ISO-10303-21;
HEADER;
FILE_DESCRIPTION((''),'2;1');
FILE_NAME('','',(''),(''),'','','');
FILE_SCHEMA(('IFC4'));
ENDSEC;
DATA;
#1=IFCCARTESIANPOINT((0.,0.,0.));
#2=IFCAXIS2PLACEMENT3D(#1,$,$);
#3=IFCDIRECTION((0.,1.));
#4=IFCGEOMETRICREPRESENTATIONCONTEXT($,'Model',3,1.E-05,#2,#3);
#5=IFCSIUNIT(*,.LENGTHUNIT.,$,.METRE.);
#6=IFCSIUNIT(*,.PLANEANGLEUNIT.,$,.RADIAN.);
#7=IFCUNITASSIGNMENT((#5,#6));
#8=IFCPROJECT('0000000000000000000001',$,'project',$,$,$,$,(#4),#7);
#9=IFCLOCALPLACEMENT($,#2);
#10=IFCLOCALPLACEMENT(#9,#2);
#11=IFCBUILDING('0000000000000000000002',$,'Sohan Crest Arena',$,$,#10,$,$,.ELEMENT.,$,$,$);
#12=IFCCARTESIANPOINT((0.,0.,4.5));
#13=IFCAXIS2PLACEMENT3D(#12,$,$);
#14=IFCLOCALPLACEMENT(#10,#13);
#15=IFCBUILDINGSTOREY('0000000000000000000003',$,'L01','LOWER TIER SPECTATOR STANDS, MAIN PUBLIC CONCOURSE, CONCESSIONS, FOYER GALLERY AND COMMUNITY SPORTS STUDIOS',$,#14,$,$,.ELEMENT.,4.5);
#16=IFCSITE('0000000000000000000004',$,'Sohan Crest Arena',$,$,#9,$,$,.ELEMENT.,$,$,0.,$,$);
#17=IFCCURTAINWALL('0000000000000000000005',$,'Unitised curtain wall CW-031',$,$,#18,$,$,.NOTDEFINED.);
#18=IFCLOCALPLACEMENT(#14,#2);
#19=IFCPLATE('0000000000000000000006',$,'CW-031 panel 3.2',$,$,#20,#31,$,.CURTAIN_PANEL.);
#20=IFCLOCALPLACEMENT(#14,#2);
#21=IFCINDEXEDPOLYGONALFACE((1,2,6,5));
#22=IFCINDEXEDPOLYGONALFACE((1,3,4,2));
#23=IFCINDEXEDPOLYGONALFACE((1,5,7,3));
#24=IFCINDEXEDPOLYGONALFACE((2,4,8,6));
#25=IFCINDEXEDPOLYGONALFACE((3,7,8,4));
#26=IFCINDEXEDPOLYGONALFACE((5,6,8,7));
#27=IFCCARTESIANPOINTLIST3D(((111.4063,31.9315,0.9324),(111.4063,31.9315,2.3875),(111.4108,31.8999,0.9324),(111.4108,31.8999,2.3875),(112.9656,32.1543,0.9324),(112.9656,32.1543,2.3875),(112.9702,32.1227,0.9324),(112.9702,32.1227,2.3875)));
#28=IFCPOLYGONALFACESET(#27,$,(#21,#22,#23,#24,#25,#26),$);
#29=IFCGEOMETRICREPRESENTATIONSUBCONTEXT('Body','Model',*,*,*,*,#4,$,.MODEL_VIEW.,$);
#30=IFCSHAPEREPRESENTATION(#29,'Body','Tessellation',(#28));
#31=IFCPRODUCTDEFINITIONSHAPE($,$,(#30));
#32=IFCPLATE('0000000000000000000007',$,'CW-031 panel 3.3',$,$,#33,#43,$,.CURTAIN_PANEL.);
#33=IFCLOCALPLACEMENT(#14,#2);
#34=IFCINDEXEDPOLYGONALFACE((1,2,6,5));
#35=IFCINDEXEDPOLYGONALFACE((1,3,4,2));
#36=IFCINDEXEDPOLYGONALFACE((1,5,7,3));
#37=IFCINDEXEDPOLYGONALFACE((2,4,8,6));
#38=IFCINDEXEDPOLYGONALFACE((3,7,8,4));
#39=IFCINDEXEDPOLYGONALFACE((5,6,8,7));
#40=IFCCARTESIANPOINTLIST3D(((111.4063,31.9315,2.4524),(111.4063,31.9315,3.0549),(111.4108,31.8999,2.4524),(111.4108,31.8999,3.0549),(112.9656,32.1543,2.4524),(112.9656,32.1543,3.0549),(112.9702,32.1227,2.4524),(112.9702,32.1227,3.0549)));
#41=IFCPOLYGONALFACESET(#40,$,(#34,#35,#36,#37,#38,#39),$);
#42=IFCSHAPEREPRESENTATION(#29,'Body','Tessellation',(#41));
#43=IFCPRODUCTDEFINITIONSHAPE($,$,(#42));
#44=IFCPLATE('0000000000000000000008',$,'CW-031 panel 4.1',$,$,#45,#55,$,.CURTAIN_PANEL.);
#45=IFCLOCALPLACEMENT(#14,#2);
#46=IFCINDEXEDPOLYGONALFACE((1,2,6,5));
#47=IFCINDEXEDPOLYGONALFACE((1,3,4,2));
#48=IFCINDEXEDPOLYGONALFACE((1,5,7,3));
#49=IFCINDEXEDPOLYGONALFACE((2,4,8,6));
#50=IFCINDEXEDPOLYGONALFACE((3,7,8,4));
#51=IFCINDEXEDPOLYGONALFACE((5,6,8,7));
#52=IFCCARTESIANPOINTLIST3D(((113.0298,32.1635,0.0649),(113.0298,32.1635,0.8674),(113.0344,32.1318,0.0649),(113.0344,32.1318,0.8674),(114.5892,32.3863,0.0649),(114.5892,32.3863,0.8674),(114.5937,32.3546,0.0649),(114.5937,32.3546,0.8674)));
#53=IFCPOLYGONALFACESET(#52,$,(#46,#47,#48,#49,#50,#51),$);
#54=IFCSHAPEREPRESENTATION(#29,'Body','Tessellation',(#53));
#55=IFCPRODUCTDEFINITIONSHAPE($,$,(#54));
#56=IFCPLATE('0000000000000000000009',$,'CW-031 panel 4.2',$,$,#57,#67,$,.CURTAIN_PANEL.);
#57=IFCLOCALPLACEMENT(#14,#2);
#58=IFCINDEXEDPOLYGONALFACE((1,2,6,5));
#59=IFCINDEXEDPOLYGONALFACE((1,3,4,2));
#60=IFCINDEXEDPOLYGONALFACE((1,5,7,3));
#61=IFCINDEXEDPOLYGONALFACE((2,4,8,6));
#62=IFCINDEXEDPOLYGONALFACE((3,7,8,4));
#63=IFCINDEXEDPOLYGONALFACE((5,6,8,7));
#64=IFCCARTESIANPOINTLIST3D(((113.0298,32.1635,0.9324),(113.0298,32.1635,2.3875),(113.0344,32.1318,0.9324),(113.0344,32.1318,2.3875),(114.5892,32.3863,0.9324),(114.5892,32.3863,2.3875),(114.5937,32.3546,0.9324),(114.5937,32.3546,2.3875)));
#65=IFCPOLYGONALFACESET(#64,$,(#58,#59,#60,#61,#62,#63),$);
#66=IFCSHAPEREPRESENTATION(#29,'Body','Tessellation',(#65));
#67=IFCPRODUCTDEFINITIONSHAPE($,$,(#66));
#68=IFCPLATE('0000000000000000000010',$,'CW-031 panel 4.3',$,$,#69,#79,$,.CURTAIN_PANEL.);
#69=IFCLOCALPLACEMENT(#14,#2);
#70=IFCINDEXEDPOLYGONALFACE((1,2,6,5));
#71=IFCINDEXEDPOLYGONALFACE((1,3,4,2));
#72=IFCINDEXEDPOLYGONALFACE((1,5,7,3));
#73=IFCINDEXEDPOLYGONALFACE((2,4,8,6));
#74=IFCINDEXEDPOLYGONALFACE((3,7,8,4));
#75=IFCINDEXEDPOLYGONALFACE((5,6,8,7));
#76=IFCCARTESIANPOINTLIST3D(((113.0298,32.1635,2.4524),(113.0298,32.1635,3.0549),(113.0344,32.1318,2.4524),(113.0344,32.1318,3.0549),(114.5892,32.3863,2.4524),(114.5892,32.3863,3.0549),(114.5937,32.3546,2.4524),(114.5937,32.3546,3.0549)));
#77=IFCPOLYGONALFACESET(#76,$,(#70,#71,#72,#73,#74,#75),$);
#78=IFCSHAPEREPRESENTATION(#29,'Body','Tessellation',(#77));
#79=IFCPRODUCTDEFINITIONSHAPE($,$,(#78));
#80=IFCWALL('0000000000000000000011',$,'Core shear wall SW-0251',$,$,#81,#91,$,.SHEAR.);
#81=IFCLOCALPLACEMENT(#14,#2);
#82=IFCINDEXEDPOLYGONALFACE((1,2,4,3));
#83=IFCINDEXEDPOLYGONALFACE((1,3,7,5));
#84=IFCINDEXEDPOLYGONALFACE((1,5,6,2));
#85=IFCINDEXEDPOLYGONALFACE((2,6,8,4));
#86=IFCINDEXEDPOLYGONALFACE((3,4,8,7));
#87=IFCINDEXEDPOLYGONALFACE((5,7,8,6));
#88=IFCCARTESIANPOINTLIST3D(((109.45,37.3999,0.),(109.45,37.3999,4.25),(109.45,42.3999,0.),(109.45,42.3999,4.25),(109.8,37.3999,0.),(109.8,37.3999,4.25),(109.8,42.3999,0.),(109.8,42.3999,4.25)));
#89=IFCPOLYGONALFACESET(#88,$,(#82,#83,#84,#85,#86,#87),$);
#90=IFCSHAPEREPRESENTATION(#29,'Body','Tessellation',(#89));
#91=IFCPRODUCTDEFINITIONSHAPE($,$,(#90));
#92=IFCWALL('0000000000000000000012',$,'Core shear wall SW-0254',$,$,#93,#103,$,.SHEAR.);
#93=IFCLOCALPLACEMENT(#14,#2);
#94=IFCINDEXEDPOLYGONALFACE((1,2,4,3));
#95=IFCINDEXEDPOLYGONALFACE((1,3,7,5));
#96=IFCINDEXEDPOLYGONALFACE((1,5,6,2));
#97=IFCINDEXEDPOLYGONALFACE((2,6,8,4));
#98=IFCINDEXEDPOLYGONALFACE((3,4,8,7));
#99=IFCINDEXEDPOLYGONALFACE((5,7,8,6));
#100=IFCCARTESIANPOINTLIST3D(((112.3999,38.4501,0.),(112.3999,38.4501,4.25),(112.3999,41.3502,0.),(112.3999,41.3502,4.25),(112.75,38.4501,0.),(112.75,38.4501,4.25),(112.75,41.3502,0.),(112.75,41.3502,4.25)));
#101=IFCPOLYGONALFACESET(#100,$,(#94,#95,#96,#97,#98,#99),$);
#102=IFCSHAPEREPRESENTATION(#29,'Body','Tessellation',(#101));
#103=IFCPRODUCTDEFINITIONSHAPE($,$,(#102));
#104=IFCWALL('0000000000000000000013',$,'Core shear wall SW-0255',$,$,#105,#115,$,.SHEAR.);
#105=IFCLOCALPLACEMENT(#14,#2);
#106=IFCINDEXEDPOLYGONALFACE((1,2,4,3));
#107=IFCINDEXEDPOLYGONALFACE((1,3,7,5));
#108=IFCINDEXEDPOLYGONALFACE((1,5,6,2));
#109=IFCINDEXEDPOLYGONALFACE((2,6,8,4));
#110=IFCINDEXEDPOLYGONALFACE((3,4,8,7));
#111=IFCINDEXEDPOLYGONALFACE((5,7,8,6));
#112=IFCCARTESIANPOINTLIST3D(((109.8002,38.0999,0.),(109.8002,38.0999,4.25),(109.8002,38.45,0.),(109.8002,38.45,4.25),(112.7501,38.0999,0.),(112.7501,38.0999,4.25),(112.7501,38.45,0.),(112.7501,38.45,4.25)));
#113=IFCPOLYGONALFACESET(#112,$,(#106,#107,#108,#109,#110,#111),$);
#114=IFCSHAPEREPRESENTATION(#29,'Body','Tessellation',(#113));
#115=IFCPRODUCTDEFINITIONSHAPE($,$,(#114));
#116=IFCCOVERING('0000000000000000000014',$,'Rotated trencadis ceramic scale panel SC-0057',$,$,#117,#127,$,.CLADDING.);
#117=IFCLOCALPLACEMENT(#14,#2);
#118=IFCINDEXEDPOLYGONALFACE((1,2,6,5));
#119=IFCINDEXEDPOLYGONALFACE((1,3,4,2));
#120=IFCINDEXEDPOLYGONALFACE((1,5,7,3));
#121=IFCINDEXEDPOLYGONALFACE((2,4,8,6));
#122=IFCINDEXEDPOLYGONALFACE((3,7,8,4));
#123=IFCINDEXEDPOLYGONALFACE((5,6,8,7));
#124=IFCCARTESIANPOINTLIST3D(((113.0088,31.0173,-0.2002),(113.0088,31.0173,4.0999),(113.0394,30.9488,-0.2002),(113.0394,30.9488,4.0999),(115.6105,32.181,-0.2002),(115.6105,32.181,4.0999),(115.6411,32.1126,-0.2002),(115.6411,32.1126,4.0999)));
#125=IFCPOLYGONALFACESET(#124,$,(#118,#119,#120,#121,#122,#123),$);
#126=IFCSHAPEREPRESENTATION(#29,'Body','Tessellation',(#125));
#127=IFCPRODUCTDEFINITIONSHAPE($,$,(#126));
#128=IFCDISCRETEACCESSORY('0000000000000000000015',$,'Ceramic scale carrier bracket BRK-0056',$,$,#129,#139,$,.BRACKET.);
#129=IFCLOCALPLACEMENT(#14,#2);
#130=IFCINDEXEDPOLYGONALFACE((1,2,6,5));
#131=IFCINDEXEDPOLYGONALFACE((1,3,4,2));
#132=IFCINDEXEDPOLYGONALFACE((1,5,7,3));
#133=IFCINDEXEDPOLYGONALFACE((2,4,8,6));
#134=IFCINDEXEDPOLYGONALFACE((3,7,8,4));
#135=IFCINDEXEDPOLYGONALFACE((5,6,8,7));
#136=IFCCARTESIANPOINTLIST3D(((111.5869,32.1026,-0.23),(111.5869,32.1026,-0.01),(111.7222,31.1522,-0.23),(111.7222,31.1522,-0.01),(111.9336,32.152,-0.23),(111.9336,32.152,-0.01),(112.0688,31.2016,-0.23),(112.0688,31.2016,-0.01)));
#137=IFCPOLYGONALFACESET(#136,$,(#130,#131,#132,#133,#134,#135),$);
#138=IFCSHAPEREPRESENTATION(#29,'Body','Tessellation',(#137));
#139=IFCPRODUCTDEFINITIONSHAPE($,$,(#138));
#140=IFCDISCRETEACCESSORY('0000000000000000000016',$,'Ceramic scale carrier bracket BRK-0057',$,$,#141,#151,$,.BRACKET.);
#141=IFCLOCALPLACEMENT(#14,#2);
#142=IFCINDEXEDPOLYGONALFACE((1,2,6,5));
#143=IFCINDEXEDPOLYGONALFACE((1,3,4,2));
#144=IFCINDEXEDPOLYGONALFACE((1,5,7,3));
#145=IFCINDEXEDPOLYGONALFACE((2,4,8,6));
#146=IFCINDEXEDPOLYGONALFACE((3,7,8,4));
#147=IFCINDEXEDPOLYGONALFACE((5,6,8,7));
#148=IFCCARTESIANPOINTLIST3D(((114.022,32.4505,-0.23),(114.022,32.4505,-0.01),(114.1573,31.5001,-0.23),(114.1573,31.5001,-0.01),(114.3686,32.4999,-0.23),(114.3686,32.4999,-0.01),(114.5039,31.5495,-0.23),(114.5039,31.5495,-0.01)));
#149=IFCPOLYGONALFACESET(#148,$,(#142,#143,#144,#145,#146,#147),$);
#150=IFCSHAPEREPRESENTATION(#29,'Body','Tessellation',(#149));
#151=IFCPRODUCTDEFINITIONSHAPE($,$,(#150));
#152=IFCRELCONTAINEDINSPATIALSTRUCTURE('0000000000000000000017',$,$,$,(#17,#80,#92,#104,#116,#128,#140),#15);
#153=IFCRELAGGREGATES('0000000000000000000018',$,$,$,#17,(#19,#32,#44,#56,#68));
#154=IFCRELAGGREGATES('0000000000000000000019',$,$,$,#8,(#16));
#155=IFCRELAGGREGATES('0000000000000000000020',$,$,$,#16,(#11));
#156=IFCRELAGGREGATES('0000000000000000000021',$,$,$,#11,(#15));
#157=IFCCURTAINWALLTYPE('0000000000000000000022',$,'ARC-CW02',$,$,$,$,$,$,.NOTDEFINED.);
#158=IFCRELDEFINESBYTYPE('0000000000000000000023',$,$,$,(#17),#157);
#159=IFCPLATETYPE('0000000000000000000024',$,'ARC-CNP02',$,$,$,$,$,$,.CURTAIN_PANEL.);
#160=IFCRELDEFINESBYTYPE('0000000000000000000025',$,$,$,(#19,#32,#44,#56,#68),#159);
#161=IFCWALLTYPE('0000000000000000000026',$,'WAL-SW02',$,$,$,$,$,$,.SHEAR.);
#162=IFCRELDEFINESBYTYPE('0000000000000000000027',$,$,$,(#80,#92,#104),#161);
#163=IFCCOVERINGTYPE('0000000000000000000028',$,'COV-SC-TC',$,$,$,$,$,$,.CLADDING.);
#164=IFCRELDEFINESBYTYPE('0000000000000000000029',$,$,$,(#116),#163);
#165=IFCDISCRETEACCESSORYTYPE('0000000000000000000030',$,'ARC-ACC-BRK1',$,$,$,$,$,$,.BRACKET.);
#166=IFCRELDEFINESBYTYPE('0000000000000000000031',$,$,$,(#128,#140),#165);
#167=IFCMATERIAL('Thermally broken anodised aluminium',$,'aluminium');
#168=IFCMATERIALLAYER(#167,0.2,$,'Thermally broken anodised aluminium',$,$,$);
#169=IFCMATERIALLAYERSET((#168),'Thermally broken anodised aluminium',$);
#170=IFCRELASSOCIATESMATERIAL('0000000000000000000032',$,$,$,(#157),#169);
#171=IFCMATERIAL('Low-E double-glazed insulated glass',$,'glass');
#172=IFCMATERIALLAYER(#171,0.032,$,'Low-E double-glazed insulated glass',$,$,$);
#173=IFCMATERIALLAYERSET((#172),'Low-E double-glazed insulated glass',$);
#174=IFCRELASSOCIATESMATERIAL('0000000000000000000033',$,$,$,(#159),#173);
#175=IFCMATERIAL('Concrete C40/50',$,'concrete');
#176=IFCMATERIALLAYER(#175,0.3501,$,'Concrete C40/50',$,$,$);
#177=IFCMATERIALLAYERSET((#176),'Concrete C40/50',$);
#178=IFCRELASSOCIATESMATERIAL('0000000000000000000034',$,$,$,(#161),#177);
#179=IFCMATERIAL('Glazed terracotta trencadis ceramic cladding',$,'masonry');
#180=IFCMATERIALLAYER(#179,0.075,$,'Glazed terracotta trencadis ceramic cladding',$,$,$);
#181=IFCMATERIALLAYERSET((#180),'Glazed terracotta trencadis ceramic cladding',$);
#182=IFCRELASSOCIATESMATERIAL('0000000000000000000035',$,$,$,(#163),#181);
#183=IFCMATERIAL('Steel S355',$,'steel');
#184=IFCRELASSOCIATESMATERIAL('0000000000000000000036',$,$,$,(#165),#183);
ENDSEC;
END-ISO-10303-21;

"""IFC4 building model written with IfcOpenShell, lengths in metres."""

from ifc_helpers import new_model, si_unit, direction, frame, frame_2d, origin, origin_2d, place, context, subcontext, project, spatial, rectangle, extrude, material, layer, layer_set, type_object, element, aggregate, save


model = new_model("IFC4")

# Units and contexts
model_context = context("Model", 3, precision=1e-05, world=origin(), true_north=direction((0.0, 1.0)))
body_context = subcontext(model_context, "Body", "Model", "MODEL_VIEW")
ifc_project = project(units=[si_unit("LENGTHUNIT", "METRE"), si_unit("PLANEANGLEUNIT", "RADIAN")], contexts=[model_context])

# Site, building, storey
site_placement = place(None, origin())
site = spatial("IfcSite", under=ifc_project, at=site_placement, Name="Sohan Crest Arena", CompositionType="ELEMENT", RefElevation=0.0)
building_placement = place(site_placement, origin())
building = spatial("IfcBuilding", under=site, at=building_placement, Name="Sohan Crest Arena", CompositionType="ELEMENT")
storey_placement = place(building_placement, frame((0.0, 0.0, 4.5)))
storey = spatial("IfcBuildingStorey", under=building, at=storey_placement, Name="L01", Description="LOWER TIER SPECTATOR STANDS, MAIN PUBLIC CONCOURSE, CONCESSIONS, FOYER GALLERY AND COMMUNITY SPORTS STUDIOS", CompositionType="ELEMENT", Elevation=4.5)

# Curtain wall, plates
ifc_material_1 = material(Name="Thermally broken anodised aluminium", Category="aluminium")
ifc_layer_1 = layer(ifc_material_1, 0.2, Name="Thermally broken anodised aluminium")
ifc_layer_set_1 = layer_set([ifc_layer_1], Name="Thermally broken anodised aluminium")
curtain_wall_type = type_object("IfcCurtainWallType", Name="ARC-CW02", PredefinedType="NOTDEFINED", material=ifc_layer_set_1)
curtain_wall_placement = place(storey_placement, origin())
curtain_wall = element("IfcCurtainWall", 1, at=curtain_wall_placement, inside=storey, type_object=curtain_wall_type, Name="Unitised curtain wall CW-031", PredefinedType="NOTDEFINED")
ifc_material_2 = material(Name="Low-E double-glazed insulated glass", Category="glass")
ifc_layer_2 = layer(ifc_material_2, 0.032, Name="Low-E double-glazed insulated glass")
ifc_layer_set_2 = layer_set([ifc_layer_2], Name="Low-E double-glazed insulated glass")
plate_type = type_object("IfcPlateType", Name="ARC-CNP02", PredefinedType="CURTAIN_PANEL", material=ifc_layer_set_2)
plate_1_placement = place(storey_placement, frame((112.1882, 32.0271, 0.9324), z_axis=(0.0, 0.0, 1.0), x_axis=(0.989945, 0.14145, 0.0)))
plate_1 = element("IfcPlate", 2, at=plate_1_placement, type_object=plate_type, Name="CW-031 panel 3.2", PredefinedType="CURTAIN_PANEL", context=body_context, shape_type="SweptSolid", body=[
    extrude(rectangle(XDim=1.5752, YDim=0.032, at=origin_2d()), origin(), (0.0, 0.0, 1.0), 1.4551),
])
plate_2_placement = place(storey_placement, frame((112.1882, 32.0271, 2.4524), z_axis=(0.0, 0.0, 1.0), x_axis=(0.989945, 0.14145, 0.0)))
plate_2 = element("IfcPlate", 3, at=plate_2_placement, type_object=plate_type, Name="CW-031 panel 3.3", PredefinedType="CURTAIN_PANEL", context=body_context, shape_type="SweptSolid", body=[
    extrude(rectangle(XDim=1.5752, YDim=0.032, at=origin_2d()), origin(), (0.0, 0.0, 1.0), 0.6025),
])
plate_3_placement = place(storey_placement, frame((113.8118, 32.259, 0.0649), z_axis=(0.0, 0.0, 1.0), x_axis=(0.989945, 0.14145, 0.0)))
plate_3 = element("IfcPlate", 4, at=plate_3_placement, type_object=plate_type, Name="CW-031 panel 4.1", PredefinedType="CURTAIN_PANEL", context=body_context, shape_type="SweptSolid", body=[
    extrude(rectangle(XDim=1.5752, YDim=0.032, at=origin_2d()), origin(), (0.0, 0.0, 1.0), 0.8025),
])
plate_4_placement = place(storey_placement, frame((113.8118, 32.259, 0.9324), z_axis=(0.0, 0.0, 1.0), x_axis=(0.989945, 0.14145, 0.0)))
plate_4 = element("IfcPlate", 5, at=plate_4_placement, type_object=plate_type, Name="CW-031 panel 4.2", PredefinedType="CURTAIN_PANEL", context=body_context, shape_type="SweptSolid", body=[
    extrude(rectangle(XDim=1.5752, YDim=0.032, at=origin_2d()), origin(), (0.0, 0.0, 1.0), 1.4551),
])
plate_5_placement = place(storey_placement, frame((113.8118, 32.259, 2.4524), z_axis=(0.0, 0.0, 1.0), x_axis=(0.989945, 0.14145, 0.0)))
plate_5 = element("IfcPlate", 6, at=plate_5_placement, type_object=plate_type, Name="CW-031 panel 4.3", PredefinedType="CURTAIN_PANEL", context=body_context, shape_type="SweptSolid", body=[
    extrude(rectangle(XDim=1.5752, YDim=0.032, at=origin_2d()), origin(), (0.0, 0.0, 1.0), 0.6025),
])
aggregate(curtain_wall, [plate_1, plate_2, plate_3, plate_4, plate_5])

# Walls
ifc_material_3 = material(Name="Concrete C40/50", Category="concrete")
ifc_layer_3 = layer(ifc_material_3, 0.3501, Name="Concrete C40/50")
ifc_layer_set_3 = layer_set([ifc_layer_3], Name="Concrete C40/50")
wall_type = type_object("IfcWallType", Name="WAL-SW02", PredefinedType="SHEAR", material=ifc_layer_set_3)
wall_1_placement = place(storey_placement, frame((109.625, 37.3999, 0.0), z_axis=(0.0, 0.0, 1.0), x_axis=(0.0, 1.0, 0.0)))
element("IfcWall", 7, at=wall_1_placement, inside=storey, type_object=wall_type, Name="Core shear wall SW-0251", PredefinedType="SHEAR", context=body_context, shape_type="SweptSolid", body=[
    extrude(rectangle(XDim=5.0, YDim=0.3501, at=frame_2d((2.5, 0.0))), origin(), (0.0, 0.0, 1.0), 4.25),
])
wall_2_placement = place(storey_placement, frame((112.575, 38.45, 0.0), z_axis=(0.0, 0.0, 1.0), x_axis=(0.0, 1.0, 0.0)))
element("IfcWall", 8, at=wall_2_placement, inside=storey, type_object=wall_type, Name="Core shear wall SW-0254", PredefinedType="SHEAR", context=body_context, shape_type="SweptSolid", body=[
    extrude(rectangle(XDim=2.9001, YDim=0.3501, at=frame_2d((1.4502, 0.0))), origin(), (0.0, 0.0, 1.0), 4.25),
])
wall_3_placement = place(storey_placement, frame((109.8, 38.2749, 0.0), z_axis=(0.0, 0.0, 1.0), x_axis=(1.0, 0.0, 0.0)))
element("IfcWall", 9, at=wall_3_placement, inside=storey, type_object=wall_type, Name="Core shear wall SW-0255", PredefinedType="SHEAR", context=body_context, shape_type="SweptSolid", body=[
    extrude(rectangle(XDim=2.95, YDim=0.3501, at=frame_2d((1.4751, 0.0))), origin(), (0.0, 0.0, 1.0), 4.25),
])

# Covering
ifc_material_4 = material(Name="Glazed terracotta trencadis ceramic cladding", Category="masonry")
ifc_layer_4 = layer(ifc_material_4, 0.075, Name="Glazed terracotta trencadis ceramic cladding")
ifc_layer_set_4 = layer_set([ifc_layer_4], Name="Glazed terracotta trencadis ceramic cladding")
covering_type = type_object("IfcCoveringType", Name="COV-SC-TC", PredefinedType="CLADDING", material=ifc_layer_set_4)
covering_placement = place(storey_placement, frame((114.325, 31.5649, -0.2002), z_axis=(0.0, 0.0, 1.0), x_axis=(0.912834, 0.40833, 0.0)))
element("IfcCovering", 10, at=covering_placement, inside=storey, type_object=covering_type, Name="Rotated trencadis ceramic scale panel SC-0057", PredefinedType="CLADDING", context=body_context, shape_type="SweptSolid", body=[
    extrude(rectangle(XDim=2.8501, YDim=0.075, at=origin_2d()), origin(), (0.0, 0.0, 1.0), 4.3),
])

# Discrete accessories
ifc_material_5 = material(Name="Steel S355", Category="steel")
discrete_accessory_type = type_object("IfcDiscreteAccessoryType", Name="ARC-ACC-BRK1", PredefinedType="BRACKET", material=ifc_material_5)
for number, where, z_axis, x_axis, name in (
    (11, (111.8279, 31.6521, -0.23), (0.0, 0.0, 1.0), (0.990024, 0.140901, 0.0), "Ceramic scale carrier bracket BRK-0056"),
    (12, (114.2629, 32.0, -0.23), (0.0, 0.0, 1.0), (0.990024, 0.140901, 0.0), "Ceramic scale carrier bracket BRK-0057"),
):
    element("IfcDiscreteAccessory", number, at=place(storey_placement, frame(where, z_axis=z_axis, x_axis=x_axis)), inside=storey, type_object=discrete_accessory_type, Name=name, PredefinedType="BRACKET", context=body_context, shape_type="SweptSolid", body=[
        extrude(rectangle(XDim=0.3501, YDim=0.96, at=origin_2d()), origin(), (0.0, 0.0, 1.0), 0.22),
    ])

save(model, "model.ifc")
